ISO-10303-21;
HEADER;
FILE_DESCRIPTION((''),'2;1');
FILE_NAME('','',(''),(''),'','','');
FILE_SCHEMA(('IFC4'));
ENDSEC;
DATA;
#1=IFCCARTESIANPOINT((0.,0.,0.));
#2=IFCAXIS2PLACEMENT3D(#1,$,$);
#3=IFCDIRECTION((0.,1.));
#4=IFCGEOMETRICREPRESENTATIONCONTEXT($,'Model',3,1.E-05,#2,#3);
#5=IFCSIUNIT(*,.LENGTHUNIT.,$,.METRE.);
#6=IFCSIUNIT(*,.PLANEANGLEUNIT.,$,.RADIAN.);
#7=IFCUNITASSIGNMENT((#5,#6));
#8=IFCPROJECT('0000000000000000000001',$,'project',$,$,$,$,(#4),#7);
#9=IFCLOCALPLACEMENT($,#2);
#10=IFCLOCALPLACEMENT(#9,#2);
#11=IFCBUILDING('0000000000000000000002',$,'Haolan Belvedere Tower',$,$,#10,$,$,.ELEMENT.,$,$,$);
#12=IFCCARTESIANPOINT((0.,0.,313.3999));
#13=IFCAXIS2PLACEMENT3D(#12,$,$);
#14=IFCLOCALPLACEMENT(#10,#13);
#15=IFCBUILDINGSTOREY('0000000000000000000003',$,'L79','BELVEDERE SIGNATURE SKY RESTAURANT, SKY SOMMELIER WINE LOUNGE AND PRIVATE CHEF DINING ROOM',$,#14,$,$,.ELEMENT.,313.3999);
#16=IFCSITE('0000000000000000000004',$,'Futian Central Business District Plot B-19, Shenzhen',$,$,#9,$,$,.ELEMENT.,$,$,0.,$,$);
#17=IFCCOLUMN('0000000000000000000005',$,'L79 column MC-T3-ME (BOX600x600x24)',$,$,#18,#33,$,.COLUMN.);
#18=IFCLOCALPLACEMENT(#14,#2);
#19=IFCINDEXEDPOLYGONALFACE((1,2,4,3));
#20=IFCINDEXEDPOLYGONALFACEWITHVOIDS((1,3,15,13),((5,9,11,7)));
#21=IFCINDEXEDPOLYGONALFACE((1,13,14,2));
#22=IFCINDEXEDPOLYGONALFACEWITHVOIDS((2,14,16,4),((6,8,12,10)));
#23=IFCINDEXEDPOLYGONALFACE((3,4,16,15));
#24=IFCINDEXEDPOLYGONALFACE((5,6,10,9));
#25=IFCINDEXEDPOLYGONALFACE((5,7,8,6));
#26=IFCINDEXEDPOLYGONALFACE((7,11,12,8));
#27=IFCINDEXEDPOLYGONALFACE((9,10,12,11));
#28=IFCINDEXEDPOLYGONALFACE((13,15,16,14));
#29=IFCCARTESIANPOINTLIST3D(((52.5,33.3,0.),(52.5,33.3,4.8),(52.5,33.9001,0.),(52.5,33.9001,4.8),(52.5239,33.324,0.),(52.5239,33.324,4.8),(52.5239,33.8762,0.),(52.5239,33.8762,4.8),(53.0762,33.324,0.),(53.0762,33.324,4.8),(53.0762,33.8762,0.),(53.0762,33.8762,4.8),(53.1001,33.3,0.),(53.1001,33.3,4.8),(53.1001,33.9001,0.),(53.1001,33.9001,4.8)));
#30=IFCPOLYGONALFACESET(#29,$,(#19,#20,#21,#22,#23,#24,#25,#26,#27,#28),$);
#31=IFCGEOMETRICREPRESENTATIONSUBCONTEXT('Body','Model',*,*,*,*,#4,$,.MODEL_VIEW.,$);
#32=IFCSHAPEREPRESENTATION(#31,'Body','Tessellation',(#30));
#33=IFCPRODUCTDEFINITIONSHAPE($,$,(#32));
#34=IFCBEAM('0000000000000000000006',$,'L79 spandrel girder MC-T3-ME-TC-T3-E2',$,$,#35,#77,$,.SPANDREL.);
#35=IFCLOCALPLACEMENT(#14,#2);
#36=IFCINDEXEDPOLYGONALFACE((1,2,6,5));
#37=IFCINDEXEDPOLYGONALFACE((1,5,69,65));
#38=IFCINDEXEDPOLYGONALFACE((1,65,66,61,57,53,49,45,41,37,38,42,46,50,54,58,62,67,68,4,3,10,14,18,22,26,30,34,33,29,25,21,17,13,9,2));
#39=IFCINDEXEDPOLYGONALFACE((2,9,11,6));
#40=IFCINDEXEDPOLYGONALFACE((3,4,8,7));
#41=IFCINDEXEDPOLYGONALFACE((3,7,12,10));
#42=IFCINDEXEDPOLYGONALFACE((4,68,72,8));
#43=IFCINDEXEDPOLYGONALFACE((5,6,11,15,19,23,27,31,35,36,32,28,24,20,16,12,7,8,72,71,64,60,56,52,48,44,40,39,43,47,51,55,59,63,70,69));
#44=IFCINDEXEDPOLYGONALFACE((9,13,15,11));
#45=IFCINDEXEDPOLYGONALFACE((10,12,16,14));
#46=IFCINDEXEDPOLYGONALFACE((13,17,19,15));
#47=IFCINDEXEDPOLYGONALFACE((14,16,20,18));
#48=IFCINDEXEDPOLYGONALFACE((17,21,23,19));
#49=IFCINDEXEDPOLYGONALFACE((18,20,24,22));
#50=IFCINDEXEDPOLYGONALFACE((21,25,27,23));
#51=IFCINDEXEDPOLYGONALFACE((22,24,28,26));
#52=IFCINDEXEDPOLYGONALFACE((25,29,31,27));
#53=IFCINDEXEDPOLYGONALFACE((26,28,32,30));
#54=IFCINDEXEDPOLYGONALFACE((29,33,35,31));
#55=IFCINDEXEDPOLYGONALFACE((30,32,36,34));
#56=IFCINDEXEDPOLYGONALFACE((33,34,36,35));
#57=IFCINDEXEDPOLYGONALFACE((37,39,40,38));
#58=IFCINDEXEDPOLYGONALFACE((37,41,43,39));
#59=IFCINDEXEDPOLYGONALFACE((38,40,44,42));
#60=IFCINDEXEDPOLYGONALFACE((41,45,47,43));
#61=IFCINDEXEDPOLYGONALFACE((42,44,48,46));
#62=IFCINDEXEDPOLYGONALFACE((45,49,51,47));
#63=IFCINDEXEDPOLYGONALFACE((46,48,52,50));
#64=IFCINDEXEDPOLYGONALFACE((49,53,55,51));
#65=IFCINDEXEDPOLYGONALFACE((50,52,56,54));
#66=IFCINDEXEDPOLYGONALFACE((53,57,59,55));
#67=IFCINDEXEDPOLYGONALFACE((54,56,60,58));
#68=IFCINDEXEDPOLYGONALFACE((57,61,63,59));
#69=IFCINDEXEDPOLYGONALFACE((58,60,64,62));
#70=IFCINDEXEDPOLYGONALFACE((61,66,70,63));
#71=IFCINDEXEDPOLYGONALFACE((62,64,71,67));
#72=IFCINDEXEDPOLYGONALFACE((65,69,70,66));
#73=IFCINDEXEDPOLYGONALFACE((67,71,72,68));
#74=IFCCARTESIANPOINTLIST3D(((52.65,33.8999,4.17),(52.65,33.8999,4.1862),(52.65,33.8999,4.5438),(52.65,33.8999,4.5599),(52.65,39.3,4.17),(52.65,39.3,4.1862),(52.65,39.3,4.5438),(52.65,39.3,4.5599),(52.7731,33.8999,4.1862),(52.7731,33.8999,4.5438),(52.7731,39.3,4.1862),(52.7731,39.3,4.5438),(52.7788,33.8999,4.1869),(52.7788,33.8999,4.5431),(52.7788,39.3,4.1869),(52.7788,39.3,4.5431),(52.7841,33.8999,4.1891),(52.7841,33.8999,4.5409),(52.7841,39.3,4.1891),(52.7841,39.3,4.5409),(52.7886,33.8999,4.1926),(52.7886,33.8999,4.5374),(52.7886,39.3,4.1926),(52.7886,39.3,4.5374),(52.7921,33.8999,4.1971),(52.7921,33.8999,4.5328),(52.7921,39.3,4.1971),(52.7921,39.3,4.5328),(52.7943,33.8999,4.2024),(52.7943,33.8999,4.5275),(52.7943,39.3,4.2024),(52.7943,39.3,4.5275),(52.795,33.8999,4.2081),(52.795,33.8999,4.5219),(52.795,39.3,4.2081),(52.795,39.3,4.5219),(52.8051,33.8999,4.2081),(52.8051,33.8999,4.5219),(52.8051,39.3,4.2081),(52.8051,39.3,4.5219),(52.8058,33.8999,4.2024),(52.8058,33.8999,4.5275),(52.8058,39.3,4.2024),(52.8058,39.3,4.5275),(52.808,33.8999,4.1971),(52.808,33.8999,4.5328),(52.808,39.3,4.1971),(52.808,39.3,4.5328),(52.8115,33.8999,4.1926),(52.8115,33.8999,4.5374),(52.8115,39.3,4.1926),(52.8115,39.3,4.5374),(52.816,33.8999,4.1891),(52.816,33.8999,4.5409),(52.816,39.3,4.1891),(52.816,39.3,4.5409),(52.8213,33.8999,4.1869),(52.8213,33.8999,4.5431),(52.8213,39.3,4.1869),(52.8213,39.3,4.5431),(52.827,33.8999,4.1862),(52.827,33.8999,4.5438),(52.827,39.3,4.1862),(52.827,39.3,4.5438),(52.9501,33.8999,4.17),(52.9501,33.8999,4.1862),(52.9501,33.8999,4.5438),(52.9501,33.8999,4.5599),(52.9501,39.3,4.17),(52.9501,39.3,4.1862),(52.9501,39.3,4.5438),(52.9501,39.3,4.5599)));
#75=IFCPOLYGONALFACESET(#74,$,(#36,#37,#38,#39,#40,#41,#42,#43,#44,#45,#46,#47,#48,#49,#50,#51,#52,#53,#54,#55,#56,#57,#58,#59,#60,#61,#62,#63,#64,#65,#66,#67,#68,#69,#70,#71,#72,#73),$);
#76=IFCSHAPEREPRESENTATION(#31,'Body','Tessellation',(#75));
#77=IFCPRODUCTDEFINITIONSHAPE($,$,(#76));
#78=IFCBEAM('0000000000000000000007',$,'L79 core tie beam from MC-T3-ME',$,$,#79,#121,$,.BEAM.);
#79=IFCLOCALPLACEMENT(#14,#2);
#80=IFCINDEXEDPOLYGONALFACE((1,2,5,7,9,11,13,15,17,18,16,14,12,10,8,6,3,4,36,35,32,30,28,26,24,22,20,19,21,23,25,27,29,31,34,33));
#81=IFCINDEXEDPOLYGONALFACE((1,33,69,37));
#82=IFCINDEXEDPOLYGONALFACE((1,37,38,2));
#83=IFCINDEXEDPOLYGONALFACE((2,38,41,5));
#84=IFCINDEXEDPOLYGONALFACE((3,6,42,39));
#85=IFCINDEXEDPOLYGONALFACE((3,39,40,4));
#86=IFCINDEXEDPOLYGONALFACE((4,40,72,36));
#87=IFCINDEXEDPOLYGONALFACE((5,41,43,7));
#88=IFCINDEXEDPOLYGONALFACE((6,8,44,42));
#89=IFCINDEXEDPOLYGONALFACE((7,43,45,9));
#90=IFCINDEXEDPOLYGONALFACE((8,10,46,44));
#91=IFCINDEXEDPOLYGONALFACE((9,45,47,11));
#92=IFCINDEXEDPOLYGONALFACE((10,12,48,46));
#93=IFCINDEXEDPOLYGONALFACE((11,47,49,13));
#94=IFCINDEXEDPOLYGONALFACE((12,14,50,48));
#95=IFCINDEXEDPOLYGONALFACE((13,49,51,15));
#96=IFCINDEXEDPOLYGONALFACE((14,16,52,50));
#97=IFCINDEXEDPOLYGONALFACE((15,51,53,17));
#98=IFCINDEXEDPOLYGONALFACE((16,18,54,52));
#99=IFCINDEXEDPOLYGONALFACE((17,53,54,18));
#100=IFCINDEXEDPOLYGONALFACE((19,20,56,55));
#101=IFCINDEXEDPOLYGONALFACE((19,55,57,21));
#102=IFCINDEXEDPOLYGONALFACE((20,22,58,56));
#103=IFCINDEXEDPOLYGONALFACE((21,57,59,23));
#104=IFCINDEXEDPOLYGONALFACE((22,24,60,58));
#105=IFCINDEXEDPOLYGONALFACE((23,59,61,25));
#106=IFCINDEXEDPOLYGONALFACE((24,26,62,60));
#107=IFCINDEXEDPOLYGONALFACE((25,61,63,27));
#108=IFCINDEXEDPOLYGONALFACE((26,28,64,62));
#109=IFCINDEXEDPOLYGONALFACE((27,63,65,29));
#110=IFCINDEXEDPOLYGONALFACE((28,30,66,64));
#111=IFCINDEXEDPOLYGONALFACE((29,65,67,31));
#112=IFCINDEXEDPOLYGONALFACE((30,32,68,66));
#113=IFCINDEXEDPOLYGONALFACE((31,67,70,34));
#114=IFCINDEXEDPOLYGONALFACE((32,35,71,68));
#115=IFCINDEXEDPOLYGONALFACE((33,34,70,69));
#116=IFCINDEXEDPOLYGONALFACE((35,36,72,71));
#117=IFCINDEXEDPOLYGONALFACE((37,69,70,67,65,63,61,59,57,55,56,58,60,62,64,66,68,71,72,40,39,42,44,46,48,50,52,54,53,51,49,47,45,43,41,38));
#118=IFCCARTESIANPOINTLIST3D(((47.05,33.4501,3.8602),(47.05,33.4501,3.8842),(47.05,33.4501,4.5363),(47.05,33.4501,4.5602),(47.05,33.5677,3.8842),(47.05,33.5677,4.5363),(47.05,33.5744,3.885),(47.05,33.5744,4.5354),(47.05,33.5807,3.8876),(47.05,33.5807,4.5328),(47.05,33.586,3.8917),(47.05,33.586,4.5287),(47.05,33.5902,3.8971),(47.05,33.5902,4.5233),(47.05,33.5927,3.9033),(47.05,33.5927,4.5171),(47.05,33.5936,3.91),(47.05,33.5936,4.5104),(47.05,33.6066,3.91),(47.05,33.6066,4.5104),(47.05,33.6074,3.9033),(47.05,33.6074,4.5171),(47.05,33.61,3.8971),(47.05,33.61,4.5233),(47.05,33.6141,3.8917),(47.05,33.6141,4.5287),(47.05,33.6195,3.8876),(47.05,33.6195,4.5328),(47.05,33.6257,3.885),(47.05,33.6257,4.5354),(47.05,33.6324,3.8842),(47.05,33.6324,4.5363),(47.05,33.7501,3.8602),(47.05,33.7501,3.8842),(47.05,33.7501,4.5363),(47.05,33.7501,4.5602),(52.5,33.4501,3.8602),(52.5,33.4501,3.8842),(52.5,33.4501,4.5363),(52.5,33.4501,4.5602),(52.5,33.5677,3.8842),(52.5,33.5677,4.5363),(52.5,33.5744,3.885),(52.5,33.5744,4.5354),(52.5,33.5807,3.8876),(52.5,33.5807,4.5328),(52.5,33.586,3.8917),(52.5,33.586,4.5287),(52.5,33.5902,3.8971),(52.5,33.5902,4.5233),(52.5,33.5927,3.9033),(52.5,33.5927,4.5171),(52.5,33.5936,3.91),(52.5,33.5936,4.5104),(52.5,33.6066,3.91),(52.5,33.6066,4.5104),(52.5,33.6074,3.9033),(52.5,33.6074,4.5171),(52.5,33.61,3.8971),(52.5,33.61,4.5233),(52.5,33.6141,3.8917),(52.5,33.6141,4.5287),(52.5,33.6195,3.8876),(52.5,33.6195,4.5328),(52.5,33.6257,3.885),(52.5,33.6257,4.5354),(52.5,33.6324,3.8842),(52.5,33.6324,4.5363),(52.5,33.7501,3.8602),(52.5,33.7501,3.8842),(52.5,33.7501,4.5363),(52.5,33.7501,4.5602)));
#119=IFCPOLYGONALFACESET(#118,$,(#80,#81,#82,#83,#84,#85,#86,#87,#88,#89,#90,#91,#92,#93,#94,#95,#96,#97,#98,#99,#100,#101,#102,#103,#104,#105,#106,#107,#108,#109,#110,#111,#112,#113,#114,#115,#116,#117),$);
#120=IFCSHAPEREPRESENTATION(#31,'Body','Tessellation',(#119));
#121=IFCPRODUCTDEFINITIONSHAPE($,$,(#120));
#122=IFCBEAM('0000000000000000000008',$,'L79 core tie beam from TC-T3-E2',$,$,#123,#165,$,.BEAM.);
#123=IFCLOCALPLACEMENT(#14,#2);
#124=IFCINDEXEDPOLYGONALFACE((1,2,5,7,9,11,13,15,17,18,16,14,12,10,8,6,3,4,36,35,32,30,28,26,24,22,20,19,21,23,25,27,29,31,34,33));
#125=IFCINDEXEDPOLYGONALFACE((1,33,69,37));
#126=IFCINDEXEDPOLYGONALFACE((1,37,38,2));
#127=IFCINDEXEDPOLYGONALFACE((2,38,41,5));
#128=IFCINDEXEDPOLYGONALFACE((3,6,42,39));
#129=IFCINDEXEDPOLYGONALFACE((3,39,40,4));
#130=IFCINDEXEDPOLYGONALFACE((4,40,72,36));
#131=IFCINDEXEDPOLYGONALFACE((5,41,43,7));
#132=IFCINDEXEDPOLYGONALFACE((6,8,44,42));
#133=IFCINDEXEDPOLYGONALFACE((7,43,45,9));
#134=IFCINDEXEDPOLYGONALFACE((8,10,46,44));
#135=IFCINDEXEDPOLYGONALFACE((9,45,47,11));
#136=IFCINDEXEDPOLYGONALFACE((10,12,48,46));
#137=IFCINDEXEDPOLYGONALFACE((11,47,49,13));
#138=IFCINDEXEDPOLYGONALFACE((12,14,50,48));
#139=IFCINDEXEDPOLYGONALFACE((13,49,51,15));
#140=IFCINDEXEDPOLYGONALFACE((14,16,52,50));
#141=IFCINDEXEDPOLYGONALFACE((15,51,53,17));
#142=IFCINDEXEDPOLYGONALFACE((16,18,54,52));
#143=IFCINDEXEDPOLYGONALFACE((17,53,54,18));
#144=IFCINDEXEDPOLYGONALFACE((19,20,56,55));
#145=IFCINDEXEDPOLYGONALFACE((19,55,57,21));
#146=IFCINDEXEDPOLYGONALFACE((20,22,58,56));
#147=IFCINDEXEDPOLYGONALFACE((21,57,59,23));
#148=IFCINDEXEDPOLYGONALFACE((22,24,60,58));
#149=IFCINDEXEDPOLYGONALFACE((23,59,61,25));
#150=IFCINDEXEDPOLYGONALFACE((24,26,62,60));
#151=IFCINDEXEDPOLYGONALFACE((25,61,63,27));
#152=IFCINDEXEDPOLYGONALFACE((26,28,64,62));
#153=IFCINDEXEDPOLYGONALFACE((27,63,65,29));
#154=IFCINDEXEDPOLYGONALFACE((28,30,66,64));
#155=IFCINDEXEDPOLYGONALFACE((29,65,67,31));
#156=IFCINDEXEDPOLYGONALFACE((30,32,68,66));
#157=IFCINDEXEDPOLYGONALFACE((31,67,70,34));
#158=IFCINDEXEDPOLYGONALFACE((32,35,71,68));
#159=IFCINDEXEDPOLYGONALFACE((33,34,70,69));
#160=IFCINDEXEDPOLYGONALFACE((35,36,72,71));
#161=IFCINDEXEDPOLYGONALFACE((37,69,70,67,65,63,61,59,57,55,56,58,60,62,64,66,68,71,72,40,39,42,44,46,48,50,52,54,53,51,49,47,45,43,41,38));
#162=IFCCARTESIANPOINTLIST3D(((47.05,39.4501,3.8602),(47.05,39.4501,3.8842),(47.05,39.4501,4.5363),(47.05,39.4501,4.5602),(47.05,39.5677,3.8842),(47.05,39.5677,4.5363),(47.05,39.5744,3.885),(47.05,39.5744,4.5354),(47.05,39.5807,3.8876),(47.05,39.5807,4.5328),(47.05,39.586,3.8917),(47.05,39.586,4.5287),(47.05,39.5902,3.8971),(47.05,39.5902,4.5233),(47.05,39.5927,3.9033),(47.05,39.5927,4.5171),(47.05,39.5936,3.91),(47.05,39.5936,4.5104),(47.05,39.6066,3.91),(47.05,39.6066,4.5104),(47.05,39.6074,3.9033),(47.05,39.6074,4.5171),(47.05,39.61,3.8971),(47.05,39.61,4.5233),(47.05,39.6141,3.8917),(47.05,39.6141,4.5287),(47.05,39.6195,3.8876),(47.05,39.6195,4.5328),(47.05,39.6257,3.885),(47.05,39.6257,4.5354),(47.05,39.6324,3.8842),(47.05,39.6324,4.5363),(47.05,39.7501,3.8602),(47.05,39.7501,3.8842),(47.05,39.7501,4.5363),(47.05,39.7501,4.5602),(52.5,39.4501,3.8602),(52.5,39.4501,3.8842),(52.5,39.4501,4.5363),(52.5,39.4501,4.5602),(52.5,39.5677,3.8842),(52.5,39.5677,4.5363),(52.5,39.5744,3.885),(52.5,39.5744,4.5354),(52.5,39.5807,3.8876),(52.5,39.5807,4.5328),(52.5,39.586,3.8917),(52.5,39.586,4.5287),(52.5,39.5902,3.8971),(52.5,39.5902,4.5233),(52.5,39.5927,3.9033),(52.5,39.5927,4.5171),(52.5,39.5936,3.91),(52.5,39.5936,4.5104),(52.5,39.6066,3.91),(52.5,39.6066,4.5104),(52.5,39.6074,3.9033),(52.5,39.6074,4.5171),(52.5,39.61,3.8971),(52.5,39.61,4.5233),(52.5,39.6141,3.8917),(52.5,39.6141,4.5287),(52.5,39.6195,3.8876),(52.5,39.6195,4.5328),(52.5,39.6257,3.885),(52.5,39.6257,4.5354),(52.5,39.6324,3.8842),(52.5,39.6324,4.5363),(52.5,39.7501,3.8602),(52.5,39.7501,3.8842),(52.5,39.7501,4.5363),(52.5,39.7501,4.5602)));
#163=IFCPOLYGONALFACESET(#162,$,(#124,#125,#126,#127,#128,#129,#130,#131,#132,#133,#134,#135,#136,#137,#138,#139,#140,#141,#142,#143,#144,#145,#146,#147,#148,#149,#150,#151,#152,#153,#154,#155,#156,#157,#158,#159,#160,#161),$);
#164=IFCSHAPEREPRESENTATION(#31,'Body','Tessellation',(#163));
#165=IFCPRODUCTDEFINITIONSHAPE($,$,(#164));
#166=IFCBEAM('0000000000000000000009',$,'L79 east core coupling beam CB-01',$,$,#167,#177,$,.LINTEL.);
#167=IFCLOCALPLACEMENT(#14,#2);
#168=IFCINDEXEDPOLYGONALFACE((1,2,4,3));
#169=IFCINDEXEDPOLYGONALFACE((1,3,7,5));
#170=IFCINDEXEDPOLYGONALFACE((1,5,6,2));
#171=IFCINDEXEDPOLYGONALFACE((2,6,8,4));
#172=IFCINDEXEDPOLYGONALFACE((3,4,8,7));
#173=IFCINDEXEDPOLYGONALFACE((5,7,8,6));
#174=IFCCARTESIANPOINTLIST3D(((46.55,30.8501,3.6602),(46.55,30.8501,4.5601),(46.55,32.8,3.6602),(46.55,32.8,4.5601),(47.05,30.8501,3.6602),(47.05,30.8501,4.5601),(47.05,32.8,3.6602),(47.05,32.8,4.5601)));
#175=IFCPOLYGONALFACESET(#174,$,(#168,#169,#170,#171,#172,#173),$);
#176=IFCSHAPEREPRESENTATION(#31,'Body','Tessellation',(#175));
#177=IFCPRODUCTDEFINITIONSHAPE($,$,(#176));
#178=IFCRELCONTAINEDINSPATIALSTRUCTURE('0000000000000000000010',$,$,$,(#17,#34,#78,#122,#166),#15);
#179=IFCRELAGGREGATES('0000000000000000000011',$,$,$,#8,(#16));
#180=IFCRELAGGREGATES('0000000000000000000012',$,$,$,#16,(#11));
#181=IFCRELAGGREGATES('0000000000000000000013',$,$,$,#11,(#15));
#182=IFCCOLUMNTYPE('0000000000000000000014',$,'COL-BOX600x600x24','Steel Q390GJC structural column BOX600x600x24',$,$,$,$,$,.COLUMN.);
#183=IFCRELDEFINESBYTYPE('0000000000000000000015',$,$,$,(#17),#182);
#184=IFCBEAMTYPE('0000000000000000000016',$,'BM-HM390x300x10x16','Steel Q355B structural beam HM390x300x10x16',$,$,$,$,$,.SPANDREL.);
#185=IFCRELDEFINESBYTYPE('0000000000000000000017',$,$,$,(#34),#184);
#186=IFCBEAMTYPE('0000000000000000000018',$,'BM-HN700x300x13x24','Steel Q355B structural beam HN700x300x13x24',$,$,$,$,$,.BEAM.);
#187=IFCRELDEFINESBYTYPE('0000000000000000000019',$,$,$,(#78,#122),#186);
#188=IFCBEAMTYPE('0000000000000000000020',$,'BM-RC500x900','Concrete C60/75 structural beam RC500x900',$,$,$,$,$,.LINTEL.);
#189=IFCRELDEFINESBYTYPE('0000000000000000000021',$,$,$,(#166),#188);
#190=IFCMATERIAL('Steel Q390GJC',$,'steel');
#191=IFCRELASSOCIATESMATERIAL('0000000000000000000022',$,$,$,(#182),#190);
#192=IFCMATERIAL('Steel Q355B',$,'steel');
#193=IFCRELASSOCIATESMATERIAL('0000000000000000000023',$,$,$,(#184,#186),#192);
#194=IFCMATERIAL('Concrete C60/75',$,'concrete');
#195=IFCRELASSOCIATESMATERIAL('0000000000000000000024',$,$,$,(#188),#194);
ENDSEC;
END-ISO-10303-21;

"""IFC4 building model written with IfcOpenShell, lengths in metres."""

from ifc_helpers import new_model, si_unit, direction, frame, origin, origin_2d, place, context, subcontext, project, spatial, rectangle, hollow_rectangle, i_section, extrude, material, material_profile, profile_set, type_object, element, save


model = new_model("IFC4")

# Units and contexts
model_context = context("Model", 3, precision=1e-05, world=origin(), true_north=direction((0.0, 1.0)))
body_context = subcontext(model_context, "Body", "Model", "MODEL_VIEW")
ifc_project = project(units=[si_unit("LENGTHUNIT", "METRE"), si_unit("PLANEANGLEUNIT", "RADIAN")], contexts=[model_context])

# Site, building, storey
site_placement = place(None, origin())
site = spatial("IfcSite", under=ifc_project, at=site_placement, Name="Futian Central Business District Plot B-19, Shenzhen", CompositionType="ELEMENT", RefElevation=0.0)
building_placement = place(site_placement, origin())
building = spatial("IfcBuilding", under=site, at=building_placement, Name="Haolan Belvedere Tower", CompositionType="ELEMENT")
storey_placement = place(building_placement, frame((0.0, 0.0, 313.3999)))
storey = spatial("IfcBuildingStorey", under=building, at=storey_placement, Name="L79", Description="BELVEDERE SIGNATURE SKY RESTAURANT, SKY SOMMELIER WINE LOUNGE AND PRIVATE CHEF DINING ROOM", CompositionType="ELEMENT", Elevation=313.3999)

# Column
ifc_material_1 = material(Name="Steel Q390GJC", Category="steel")
ifc_material_profile_1 = material_profile(ifc_material_1, hollow_rectangle(XDim=0.6001, YDim=0.6001, WallThickness=0.0239, at=origin_2d()), Name="Steel Q390GJC")
ifc_profile_set_1 = profile_set([ifc_material_profile_1], Name="Steel Q390GJC")
column_type = type_object("IfcColumnType", Name="COL-BOX600x600x24", Description="Steel Q390GJC structural column BOX600x600x24", PredefinedType="COLUMN", material=ifc_profile_set_1)
column_placement = place(storey_placement, frame((52.8, 33.6001, 0.0), z_axis=(0.0, 0.0, 1.0), x_axis=(1.0, 0.0, 0.0)))
element("IfcColumn", 1, at=column_placement, inside=storey, type_object=column_type, Name="L79 column MC-T3-ME (BOX600x600x24)", PredefinedType="COLUMN", context=body_context, shape_type="SweptSolid", body=[
    extrude(hollow_rectangle(XDim=0.6001, YDim=0.6001, WallThickness=0.0239, at=origin_2d()), origin(), (0.0, 0.0, 1.0), 4.8),
])

# Beams
ifc_material_2 = material(Name="Steel Q355B", Category="steel")
ifc_material_profile_2 = material_profile(ifc_material_2, i_section(OverallWidth=0.3, OverallDepth=0.3899, WebThickness=0.01, FlangeThickness=0.0161, FilletRadius=0.022, at=origin_2d()), Name="Steel Q355B")
ifc_profile_set_2 = profile_set([ifc_material_profile_2], Name="Steel Q355B")
beam_type_1 = type_object("IfcBeamType", Name="BM-HM390x300x10x16", Description="Steel Q355B structural beam HM390x300x10x16", PredefinedType="SPANDREL", material=ifc_profile_set_2)
beam_1_placement = place(storey_placement, frame((52.8, 33.8999, 4.365), z_axis=(0.0, 1.0, 0.0), x_axis=(-1.0, 0.0, 0.0)))
element("IfcBeam", 2, at=beam_1_placement, inside=storey, type_object=beam_type_1, Name="L79 spandrel girder MC-T3-ME-TC-T3-E2", PredefinedType="SPANDREL", context=body_context, shape_type="SweptSolid", body=[
    extrude(i_section(OverallWidth=0.3, OverallDepth=0.3899, WebThickness=0.01, FlangeThickness=0.0161, FilletRadius=0.022, at=origin_2d()), origin(), (0.0, 0.0, 1.0), 5.4001),
])
ifc_material_profile_3 = material_profile(ifc_material_2, i_section(OverallWidth=0.3, OverallDepth=0.7, WebThickness=0.0129, FlangeThickness=0.0239, FilletRadius=0.0259, at=origin_2d()), Name="Steel Q355B")
ifc_profile_set_3 = profile_set([ifc_material_profile_3], Name="Steel Q355B")
beam_type_2 = type_object("IfcBeamType", Name="BM-HN700x300x13x24", Description="Steel Q355B structural beam HN700x300x13x24", PredefinedType="BEAM", material=ifc_profile_set_3)
for number, where, z_axis, x_axis, name in (
    (3, (52.5, 33.6001, 4.2102), (-1.0, 0.0, 0.0), (0.0, -1.0, 0.0), "L79 core tie beam from MC-T3-ME"),
    (4, (52.5, 39.6001, 4.2102), (-1.0, 0.0, 0.0), (0.0, -1.0, 0.0), "L79 core tie beam from TC-T3-E2"),
):
    element("IfcBeam", number, at=place(storey_placement, frame(where, z_axis=z_axis, x_axis=x_axis)), inside=storey, type_object=beam_type_2, Name=name, PredefinedType="BEAM", context=body_context, shape_type="SweptSolid", body=[
        extrude(i_section(OverallWidth=0.3, OverallDepth=0.7, WebThickness=0.0129, FlangeThickness=0.0239, FilletRadius=0.0259, at=origin_2d()), origin(), (0.0, 0.0, 1.0), 5.45),
    ])
ifc_material_3 = material(Name="Concrete C60/75", Category="concrete")
ifc_material_profile_4 = material_profile(ifc_material_3, rectangle(XDim=0.5, YDim=0.8999, at=origin_2d()), Name="Concrete C60/75")
ifc_profile_set_4 = profile_set([ifc_material_profile_4], Name="Concrete C60/75")
beam_type_3 = type_object("IfcBeamType", Name="BM-RC500x900", Description="Concrete C60/75 structural beam RC500x900", PredefinedType="LINTEL", material=ifc_profile_set_4)
beam_2_placement = place(storey_placement, frame((46.8, 30.8501, 4.1101), z_axis=(0.0, 1.0, 0.0), x_axis=(-1.0, 0.0, 0.0)))
element("IfcBeam", 5, at=beam_2_placement, inside=storey, type_object=beam_type_3, Name="L79 east core coupling beam CB-01", PredefinedType="LINTEL", context=body_context, shape_type="SweptSolid", body=[
    extrude(rectangle(XDim=0.5, YDim=0.8999, at=origin_2d()), origin(), (0.0, 0.0, 1.0), 1.95),
])

save(model, "model.ifc")
